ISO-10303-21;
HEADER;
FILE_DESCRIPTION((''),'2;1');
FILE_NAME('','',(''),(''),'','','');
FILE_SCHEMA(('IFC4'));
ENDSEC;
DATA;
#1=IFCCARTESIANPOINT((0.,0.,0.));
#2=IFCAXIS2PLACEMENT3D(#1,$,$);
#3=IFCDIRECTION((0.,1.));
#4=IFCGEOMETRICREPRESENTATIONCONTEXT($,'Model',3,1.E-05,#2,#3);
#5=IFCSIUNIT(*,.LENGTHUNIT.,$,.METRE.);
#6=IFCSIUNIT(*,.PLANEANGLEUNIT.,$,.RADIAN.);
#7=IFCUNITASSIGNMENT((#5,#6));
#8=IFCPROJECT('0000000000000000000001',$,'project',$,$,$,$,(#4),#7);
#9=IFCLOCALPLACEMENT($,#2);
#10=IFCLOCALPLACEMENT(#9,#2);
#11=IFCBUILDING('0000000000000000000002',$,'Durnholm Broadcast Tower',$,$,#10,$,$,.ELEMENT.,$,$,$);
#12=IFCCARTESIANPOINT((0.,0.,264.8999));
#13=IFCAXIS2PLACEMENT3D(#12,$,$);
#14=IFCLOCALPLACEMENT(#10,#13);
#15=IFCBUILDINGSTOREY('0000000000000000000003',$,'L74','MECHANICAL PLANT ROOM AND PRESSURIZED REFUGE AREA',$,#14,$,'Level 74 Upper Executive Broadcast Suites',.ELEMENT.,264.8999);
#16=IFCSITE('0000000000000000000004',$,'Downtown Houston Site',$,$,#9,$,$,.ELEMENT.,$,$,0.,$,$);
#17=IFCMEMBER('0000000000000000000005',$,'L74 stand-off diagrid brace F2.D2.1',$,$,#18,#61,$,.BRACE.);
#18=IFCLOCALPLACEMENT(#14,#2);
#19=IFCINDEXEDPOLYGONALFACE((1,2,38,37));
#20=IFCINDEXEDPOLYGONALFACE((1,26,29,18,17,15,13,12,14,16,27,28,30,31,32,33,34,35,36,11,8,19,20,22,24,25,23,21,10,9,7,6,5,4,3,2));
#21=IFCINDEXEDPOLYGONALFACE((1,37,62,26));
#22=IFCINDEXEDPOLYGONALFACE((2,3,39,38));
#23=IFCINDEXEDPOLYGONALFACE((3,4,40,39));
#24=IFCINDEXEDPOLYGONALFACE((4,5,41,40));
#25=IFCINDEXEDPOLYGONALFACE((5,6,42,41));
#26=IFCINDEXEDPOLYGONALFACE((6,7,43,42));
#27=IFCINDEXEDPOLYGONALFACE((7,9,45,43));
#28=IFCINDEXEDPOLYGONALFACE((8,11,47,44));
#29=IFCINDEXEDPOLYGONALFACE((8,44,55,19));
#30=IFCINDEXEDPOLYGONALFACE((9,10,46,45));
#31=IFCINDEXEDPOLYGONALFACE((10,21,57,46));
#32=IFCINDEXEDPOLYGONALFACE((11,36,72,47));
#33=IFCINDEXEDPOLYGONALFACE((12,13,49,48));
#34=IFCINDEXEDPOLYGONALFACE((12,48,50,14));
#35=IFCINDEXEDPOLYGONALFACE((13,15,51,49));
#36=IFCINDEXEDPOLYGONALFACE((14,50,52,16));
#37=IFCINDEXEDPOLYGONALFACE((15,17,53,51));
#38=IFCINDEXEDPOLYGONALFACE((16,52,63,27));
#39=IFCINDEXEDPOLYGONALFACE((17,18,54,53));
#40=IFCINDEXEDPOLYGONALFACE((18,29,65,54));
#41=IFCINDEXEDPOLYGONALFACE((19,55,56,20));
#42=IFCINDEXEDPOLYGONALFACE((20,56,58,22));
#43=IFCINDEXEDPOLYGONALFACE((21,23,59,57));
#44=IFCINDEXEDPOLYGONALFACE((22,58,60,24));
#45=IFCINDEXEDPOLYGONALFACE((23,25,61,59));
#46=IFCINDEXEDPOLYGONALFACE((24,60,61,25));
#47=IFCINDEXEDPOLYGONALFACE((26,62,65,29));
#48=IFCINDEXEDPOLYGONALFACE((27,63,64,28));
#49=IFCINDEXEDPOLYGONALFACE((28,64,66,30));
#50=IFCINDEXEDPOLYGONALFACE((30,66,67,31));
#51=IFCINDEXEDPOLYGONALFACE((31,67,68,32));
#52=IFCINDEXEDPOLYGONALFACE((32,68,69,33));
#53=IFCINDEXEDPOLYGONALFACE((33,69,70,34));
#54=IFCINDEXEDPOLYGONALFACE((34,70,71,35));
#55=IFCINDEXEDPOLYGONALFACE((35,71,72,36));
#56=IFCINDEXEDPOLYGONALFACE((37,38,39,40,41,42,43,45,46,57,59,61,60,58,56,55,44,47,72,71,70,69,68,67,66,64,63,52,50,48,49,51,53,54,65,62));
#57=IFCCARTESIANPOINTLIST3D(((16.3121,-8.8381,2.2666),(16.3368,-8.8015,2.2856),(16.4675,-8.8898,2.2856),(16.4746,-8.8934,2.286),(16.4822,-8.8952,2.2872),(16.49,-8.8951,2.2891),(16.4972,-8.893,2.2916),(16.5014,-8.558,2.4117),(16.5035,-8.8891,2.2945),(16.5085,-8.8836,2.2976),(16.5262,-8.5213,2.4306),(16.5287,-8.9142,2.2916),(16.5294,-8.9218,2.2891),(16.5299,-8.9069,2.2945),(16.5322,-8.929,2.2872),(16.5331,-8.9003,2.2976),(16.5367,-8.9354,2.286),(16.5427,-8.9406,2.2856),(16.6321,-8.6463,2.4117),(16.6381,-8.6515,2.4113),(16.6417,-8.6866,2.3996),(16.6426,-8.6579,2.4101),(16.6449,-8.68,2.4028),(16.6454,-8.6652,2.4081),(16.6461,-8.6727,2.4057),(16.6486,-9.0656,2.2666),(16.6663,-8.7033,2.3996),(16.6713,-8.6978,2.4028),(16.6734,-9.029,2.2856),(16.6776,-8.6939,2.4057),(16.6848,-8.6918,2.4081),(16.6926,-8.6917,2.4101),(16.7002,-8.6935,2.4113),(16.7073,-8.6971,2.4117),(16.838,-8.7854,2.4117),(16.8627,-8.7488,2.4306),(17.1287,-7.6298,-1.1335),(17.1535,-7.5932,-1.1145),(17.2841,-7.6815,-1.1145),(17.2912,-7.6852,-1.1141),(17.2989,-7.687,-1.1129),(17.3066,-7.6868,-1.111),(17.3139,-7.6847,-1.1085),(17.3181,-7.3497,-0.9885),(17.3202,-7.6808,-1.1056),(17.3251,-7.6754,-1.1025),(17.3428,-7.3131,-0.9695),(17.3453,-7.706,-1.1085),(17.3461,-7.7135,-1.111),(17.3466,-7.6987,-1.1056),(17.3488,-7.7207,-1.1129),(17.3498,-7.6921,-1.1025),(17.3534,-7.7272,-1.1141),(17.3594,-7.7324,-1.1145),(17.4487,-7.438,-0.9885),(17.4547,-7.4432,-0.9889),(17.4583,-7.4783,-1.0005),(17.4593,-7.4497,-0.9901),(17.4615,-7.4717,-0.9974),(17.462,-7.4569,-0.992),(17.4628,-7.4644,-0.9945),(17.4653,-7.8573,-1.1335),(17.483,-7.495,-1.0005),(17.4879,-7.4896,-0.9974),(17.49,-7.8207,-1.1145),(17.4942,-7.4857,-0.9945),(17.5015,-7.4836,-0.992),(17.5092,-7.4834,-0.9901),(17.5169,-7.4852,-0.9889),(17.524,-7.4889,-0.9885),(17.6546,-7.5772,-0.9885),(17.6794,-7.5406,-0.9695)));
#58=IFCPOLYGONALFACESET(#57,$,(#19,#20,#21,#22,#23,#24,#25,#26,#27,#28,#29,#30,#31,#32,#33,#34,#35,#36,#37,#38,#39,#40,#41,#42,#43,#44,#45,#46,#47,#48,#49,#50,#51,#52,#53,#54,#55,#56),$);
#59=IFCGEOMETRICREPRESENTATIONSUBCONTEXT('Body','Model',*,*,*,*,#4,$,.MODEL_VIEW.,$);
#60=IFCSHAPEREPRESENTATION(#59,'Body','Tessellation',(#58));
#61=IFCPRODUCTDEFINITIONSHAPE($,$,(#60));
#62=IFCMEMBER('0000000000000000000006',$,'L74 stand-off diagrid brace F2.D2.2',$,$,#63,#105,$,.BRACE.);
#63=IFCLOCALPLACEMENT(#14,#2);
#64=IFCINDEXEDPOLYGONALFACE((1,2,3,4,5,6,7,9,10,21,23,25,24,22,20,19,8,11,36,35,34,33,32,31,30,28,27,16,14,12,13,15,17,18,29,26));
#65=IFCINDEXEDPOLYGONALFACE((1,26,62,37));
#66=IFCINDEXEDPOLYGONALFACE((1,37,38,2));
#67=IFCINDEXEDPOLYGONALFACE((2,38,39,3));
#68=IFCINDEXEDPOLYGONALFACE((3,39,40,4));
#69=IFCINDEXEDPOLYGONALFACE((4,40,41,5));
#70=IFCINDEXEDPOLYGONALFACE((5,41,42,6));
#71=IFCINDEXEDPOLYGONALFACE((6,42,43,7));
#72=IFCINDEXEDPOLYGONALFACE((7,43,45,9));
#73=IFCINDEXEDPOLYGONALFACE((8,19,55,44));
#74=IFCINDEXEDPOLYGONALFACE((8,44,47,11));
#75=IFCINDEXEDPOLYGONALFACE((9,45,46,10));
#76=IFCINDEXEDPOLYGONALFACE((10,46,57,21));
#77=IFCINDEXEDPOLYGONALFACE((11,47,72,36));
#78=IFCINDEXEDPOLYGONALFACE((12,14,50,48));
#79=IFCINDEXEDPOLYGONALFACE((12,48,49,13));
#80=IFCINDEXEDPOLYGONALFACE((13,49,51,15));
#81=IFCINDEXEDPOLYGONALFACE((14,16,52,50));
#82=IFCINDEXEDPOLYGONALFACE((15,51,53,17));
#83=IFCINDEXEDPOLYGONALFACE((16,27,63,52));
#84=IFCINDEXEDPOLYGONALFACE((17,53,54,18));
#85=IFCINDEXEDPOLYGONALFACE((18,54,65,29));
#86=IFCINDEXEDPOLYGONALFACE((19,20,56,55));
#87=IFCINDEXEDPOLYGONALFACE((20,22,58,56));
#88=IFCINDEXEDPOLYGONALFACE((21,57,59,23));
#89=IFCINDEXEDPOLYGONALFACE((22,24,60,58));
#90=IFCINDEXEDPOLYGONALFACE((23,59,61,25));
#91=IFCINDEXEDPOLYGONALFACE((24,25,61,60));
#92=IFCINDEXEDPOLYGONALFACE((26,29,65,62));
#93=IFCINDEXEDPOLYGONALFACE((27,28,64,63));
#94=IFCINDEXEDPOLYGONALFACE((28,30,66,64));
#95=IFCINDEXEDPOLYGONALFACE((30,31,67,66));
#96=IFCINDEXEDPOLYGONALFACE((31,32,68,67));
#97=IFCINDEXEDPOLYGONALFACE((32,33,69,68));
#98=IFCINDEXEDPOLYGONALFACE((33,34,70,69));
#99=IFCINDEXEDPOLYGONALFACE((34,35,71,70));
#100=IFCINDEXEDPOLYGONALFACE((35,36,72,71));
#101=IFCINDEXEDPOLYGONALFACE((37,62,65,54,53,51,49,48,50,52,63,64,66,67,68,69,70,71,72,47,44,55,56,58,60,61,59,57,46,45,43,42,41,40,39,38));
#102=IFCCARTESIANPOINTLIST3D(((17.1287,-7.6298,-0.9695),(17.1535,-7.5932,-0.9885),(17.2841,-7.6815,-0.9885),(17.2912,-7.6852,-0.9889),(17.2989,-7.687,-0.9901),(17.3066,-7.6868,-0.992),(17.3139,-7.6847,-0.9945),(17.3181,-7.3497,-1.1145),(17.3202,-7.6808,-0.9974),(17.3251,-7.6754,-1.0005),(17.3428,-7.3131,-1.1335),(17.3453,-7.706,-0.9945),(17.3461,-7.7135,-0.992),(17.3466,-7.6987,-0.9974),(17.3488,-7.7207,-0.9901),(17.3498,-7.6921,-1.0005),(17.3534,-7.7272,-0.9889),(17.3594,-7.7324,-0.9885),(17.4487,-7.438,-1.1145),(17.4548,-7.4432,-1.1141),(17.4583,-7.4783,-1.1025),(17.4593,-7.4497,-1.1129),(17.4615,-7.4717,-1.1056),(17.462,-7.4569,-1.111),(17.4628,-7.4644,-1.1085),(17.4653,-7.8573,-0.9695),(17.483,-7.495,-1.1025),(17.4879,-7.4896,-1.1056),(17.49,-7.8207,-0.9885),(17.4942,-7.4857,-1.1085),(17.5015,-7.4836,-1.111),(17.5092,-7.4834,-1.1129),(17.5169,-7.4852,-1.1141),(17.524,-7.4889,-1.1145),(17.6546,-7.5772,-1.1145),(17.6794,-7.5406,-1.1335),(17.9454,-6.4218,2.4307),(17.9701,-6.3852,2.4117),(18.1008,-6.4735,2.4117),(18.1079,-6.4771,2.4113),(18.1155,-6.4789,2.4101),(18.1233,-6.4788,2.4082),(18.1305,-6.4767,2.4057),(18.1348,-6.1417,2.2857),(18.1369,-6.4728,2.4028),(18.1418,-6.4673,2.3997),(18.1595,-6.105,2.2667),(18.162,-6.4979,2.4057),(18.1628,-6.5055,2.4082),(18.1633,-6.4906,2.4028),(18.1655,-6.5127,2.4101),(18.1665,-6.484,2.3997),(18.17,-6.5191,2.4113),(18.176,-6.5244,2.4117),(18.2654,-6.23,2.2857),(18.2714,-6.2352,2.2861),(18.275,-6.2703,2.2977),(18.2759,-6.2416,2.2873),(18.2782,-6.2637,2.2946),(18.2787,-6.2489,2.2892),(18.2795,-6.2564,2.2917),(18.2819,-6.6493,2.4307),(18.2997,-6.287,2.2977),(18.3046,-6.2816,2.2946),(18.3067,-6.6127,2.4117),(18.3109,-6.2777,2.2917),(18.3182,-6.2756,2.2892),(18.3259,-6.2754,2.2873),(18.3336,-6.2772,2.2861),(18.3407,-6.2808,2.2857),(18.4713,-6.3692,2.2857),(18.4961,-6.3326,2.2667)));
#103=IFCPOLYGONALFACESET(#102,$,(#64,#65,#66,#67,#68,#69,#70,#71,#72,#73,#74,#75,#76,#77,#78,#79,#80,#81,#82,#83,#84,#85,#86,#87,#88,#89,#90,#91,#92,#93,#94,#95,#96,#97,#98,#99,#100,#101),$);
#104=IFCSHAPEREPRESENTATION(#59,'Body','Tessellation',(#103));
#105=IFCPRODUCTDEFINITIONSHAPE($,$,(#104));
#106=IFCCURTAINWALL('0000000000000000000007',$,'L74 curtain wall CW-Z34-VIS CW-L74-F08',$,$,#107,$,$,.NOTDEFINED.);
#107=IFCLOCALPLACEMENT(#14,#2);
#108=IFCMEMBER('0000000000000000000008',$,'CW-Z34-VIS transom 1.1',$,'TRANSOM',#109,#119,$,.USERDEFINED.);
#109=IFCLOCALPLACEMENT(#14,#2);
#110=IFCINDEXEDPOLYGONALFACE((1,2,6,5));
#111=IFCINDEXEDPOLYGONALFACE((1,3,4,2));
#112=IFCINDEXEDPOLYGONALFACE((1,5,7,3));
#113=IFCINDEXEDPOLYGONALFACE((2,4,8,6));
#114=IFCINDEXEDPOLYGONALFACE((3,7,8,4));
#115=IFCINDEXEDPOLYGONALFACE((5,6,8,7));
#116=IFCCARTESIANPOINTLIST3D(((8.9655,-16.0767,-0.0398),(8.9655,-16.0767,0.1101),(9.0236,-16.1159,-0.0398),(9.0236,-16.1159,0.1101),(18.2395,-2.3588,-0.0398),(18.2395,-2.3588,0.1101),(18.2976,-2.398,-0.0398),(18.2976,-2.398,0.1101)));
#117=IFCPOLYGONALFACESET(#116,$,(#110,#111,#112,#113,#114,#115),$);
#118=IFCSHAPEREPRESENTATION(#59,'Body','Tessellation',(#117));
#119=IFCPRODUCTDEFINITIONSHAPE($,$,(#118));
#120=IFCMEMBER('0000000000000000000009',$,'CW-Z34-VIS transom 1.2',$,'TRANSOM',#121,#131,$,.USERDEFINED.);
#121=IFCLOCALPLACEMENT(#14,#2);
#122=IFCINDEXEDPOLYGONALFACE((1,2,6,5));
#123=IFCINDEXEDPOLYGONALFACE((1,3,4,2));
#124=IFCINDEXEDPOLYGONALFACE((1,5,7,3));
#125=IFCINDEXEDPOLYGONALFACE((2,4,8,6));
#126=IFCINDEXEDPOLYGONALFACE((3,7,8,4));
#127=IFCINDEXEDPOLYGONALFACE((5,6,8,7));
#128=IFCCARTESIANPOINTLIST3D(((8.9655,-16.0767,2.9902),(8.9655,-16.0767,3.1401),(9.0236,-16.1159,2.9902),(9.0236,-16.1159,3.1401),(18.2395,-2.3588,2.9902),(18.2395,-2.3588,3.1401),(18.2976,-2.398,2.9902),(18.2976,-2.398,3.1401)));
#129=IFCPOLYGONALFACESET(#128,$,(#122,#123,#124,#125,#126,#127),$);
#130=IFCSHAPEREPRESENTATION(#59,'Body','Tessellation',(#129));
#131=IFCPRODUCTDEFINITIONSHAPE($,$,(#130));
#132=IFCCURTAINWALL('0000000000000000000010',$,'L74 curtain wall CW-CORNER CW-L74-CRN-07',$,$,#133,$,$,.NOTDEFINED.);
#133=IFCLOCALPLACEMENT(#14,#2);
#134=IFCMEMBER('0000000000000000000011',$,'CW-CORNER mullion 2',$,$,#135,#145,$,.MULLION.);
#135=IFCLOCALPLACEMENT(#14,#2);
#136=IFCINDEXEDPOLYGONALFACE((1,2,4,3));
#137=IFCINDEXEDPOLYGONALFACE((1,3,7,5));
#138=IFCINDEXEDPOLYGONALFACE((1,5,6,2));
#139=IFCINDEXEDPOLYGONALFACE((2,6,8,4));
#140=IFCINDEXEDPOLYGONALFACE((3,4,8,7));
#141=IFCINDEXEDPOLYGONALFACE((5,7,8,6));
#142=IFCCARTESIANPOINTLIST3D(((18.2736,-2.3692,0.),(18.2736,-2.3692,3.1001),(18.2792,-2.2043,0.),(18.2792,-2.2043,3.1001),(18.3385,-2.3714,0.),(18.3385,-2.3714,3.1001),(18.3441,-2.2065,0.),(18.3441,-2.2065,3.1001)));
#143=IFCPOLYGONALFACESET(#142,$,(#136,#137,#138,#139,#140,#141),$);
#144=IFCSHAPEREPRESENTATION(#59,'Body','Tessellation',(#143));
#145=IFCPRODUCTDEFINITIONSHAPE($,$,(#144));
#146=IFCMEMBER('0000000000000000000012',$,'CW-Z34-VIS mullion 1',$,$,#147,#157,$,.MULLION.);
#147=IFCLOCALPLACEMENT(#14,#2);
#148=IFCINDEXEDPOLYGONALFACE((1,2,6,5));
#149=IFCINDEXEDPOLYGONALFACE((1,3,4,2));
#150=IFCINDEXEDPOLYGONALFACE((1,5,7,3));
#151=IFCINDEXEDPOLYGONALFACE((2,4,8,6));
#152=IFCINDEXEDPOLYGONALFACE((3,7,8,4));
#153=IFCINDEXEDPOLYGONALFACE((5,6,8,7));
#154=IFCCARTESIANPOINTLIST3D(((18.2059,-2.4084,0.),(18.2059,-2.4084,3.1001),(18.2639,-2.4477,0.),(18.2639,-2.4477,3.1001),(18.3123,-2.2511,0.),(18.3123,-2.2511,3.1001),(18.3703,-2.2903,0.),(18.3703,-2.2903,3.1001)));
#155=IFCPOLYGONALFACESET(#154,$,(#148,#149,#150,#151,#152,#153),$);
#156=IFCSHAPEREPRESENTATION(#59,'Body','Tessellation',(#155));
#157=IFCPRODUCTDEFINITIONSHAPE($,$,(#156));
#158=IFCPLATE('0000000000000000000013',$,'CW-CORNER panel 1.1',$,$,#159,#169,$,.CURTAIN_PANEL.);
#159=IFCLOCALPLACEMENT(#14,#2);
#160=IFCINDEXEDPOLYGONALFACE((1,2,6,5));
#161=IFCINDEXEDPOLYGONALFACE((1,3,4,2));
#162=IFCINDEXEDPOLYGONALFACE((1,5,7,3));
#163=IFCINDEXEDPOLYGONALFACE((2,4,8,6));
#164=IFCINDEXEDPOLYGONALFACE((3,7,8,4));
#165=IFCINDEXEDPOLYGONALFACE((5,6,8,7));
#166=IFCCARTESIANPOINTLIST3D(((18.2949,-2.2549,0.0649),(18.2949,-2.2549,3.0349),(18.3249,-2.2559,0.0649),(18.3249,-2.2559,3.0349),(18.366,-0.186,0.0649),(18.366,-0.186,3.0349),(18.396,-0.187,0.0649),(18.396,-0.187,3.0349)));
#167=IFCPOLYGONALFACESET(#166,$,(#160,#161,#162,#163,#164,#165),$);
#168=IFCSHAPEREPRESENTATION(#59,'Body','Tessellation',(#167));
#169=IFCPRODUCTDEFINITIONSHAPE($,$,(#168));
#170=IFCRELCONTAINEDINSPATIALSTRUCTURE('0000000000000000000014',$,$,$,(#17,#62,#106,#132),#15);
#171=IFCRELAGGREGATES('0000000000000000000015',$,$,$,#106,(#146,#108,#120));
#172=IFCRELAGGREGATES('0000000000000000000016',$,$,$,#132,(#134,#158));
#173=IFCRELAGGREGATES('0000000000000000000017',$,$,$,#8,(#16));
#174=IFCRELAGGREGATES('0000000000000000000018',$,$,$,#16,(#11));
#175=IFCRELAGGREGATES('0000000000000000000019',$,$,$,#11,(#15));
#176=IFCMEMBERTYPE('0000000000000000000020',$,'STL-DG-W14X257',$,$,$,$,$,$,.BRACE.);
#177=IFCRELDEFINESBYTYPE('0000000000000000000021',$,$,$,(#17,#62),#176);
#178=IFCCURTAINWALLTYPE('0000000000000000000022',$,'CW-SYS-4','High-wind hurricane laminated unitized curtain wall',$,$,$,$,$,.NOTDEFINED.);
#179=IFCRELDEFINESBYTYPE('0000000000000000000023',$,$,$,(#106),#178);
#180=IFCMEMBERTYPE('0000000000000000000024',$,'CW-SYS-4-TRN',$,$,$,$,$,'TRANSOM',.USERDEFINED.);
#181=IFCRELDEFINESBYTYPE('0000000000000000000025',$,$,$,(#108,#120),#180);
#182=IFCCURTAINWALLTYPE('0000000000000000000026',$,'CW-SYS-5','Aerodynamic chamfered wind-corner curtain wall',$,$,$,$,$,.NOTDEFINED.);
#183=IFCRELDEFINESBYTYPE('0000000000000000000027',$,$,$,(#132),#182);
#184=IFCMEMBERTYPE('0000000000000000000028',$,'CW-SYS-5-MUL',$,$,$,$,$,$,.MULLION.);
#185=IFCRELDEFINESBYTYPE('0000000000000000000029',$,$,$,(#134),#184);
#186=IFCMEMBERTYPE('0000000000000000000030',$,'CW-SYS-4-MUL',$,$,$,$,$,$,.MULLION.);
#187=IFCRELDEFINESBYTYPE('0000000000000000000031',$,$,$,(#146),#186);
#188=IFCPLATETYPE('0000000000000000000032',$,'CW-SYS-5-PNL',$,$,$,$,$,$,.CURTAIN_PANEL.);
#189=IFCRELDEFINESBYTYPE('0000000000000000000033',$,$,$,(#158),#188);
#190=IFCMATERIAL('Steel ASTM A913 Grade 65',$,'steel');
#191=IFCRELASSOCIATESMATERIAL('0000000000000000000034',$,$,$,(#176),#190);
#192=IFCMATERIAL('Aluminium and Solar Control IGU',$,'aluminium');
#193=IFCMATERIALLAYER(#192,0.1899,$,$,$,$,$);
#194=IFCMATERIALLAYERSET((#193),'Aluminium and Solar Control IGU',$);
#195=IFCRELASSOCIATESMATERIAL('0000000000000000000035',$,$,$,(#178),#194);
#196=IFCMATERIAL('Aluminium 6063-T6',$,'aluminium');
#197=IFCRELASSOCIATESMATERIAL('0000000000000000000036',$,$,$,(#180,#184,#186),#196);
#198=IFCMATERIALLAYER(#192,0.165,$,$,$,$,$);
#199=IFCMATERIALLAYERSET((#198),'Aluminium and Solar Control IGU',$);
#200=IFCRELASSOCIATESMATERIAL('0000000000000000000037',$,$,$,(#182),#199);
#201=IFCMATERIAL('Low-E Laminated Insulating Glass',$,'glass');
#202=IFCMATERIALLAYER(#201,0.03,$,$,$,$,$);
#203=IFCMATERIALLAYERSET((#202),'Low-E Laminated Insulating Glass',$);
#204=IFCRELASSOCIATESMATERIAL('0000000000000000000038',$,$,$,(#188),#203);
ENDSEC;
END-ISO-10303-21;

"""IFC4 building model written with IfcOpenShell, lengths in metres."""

from ifc_helpers import new_model, si_unit, direction, frame, origin, origin_2d, place, context, subcontext, project, spatial, rectangle, i_section, extrude, source, transform, mapped, material, layer, layer_set, material_profile, profile_set, type_object, type_shapes, element, aggregate, save


model = new_model("IFC4")

# Units and contexts
model_context = context("Model", 3, precision=1e-05, world=origin(), true_north=direction((0.0, 1.0)))
body_context = subcontext(model_context, "Body", "Model", "MODEL_VIEW")
ifc_project = project(units=[si_unit("LENGTHUNIT", "METRE"), si_unit("PLANEANGLEUNIT", "RADIAN")], contexts=[model_context])

# Site, building, storey
site_placement = place(None, origin())
site = spatial("IfcSite", under=ifc_project, at=site_placement, Name="Downtown Houston Site", CompositionType="ELEMENT", RefElevation=0.0)
building_placement = place(site_placement, origin())
building = spatial("IfcBuilding", under=site, at=building_placement, Name="Durnholm Broadcast Tower", CompositionType="ELEMENT")
storey_placement = place(building_placement, frame((0.0, 0.0, 264.8999)))
storey = spatial("IfcBuildingStorey", under=building, at=storey_placement, Name="L74", Description="MECHANICAL PLANT ROOM AND PRESSURIZED REFUGE AREA", LongName="Level 74 Upper Executive Broadcast Suites", CompositionType="ELEMENT", Elevation=264.8999)

# Members
ifc_material_1 = material(Name="Steel ASTM A913 Grade 65", Category="steel")
ifc_material_profile_1 = material_profile(ifc_material_1, i_section(OverallWidth=0.4062, OverallDepth=0.416, WebThickness=0.0298, FlangeThickness=0.0481, FilletRadius=0.0305, at=origin_2d()), Name="W14X257")
ifc_profile_set_1 = profile_set([ifc_material_profile_1], Name="Steel ASTM A913 Grade 65")
member_type_1 = type_object("IfcMemberType", Name="STL-DG-W14X257", PredefinedType="BRACE", material=ifc_profile_set_1)
shared_shape_1 = source(origin(), body_context, "Body", "SweptSolid", [
    extrude(i_section(OverallWidth=0.4062, OverallDepth=0.416, WebThickness=0.0298, FlangeThickness=0.0481, FilletRadius=0.0305, at=origin_2d()), origin(), (0.0, 0.0, 1.0), 3.6997),
])
type_shapes(member_type_1, [shared_shape_1])
for number, where, z_axis, x_axis, name in (
    (1, (17.4041, -7.5852, -1.0515), (-0.220734, -0.326581, 0.919033), (0.828505, -0.559982, 0.0), "L74 stand-off diagrid brace F2.D2.1"),
    (2, (17.4041, -7.5852, -1.0515), (0.220739, 0.326522, 0.919053), (-0.828452, 0.560059, 0.0), "L74 stand-off diagrid brace F2.D2.2"),
):
    element("IfcMember", number, at=place(storey_placement, frame(where, z_axis=z_axis, x_axis=x_axis)), inside=storey, type_object=member_type_1, Name=name, PredefinedType="BRACE", context=body_context, shape_type="MappedRepresentation", body=[
        mapped(shared_shape_1, transform((0.0, 0.0, 0.0), x_axis=(1.0, 0.0, 0.0), y_axis=(0.0, 1.0, 0.0), z_axis=(0.0, 0.0, 1.0), scale=1.0)),
    ])

# Curtain wall, members
ifc_material_2 = material(Name="Aluminium and Solar Control IGU", Category="aluminium")
ifc_layer_1 = layer(ifc_material_2, 0.1899)
ifc_layer_set_1 = layer_set([ifc_layer_1], Name="Aluminium and Solar Control IGU")
curtain_wall_type_1 = type_object("IfcCurtainWallType", Name="CW-SYS-4", Description="High-wind hurricane laminated unitized curtain wall", PredefinedType="NOTDEFINED", material=ifc_layer_set_1)
curtain_wall_1_placement = place(storey_placement, origin())
curtain_wall_1 = element("IfcCurtainWall", 3, at=curtain_wall_1_placement, inside=storey, type_object=curtain_wall_type_1, Name="L74 curtain wall CW-Z34-VIS CW-L74-F08", PredefinedType="NOTDEFINED")
ifc_material_3 = material(Name="Aluminium 6063-T6", Category="aluminium")
ifc_material_profile_2 = material_profile(ifc_material_3, rectangle(XDim=0.0701, YDim=0.1499, at=origin_2d()), Name="CWT70X150")
ifc_profile_set_2 = profile_set([ifc_material_profile_2], Name="Aluminium 6063-T6")
member_type_2 = type_object("IfcMemberType", Name="CW-SYS-4-TRN", ElementType="TRANSOM", PredefinedType="USERDEFINED", material=ifc_profile_set_2)
shared_shape_2 = source(origin(), body_context, "Body", "SweptSolid", [
    extrude(rectangle(XDim=0.0701, YDim=0.1499, at=origin_2d()), origin(), (0.0, 0.0, 1.0), 16.5586),
])
type_shapes(member_type_2, [shared_shape_2])
member_1_placement = place(storey_placement, frame((18.2686, -2.3784, 0.0352), z_axis=(-0.560071, -0.828444, 0.0), x_axis=(0.828444, -0.560071, 0.0)))
member_1 = element("IfcMember", 4, at=member_1_placement, type_object=member_type_2, Name="CW-Z34-VIS transom 1.1", ObjectType="TRANSOM", PredefinedType="USERDEFINED", context=body_context, shape_type="MappedRepresentation", body=[
    mapped(shared_shape_2, transform((0.0, 0.0, 0.0), x_axis=(1.0, 0.0, 0.0), y_axis=(0.0, 1.0, 0.0), z_axis=(0.0, 0.0, 1.0), scale=1.0)),
])
member_2_placement = place(storey_placement, frame((18.2686, -2.3784, 3.0652), z_axis=(-0.560071, -0.828444, 0.0), x_axis=(0.828444, -0.560071, 0.0)))
member_2 = element("IfcMember", 5, at=member_2_placement, type_object=member_type_2, Name="CW-Z34-VIS transom 1.2", ObjectType="TRANSOM", PredefinedType="USERDEFINED", context=body_context, shape_type="MappedRepresentation", body=[
    mapped(shared_shape_2, transform((0.0, 0.0, 0.0), x_axis=(1.0, 0.0, 0.0), y_axis=(0.0, 1.0, 0.0), z_axis=(0.0, 0.0, 1.0), scale=1.0)),
])

# Curtain wall, member
ifc_layer_2 = layer(ifc_material_2, 0.165)
ifc_layer_set_2 = layer_set([ifc_layer_2], Name="Aluminium and Solar Control IGU")
curtain_wall_type_2 = type_object("IfcCurtainWallType", Name="CW-SYS-5", Description="Aerodynamic chamfered wind-corner curtain wall", PredefinedType="NOTDEFINED", material=ifc_layer_set_2)
curtain_wall_2_placement = place(storey_placement, origin())
curtain_wall_2 = element("IfcCurtainWall", 6, at=curtain_wall_2_placement, inside=storey, type_object=curtain_wall_type_2, Name="L74 curtain wall CW-CORNER CW-L74-CRN-07", PredefinedType="NOTDEFINED")
ifc_material_profile_3 = material_profile(ifc_material_3, rectangle(XDim=0.0649, YDim=0.165, at=origin_2d()), Name="CWM65X165")
ifc_profile_set_3 = profile_set([ifc_material_profile_3], Name="Aluminium 6063-T6")
member_type_3 = type_object("IfcMemberType", Name="CW-SYS-5-MUL", PredefinedType="MULLION", material=ifc_profile_set_3)
shared_shape_3 = source(origin(), body_context, "Body", "SweptSolid", [
    extrude(rectangle(XDim=0.0649, YDim=0.165, at=origin_2d()), origin(), (0.0, 0.0, 1.0), 3.1001),
])
type_shapes(member_type_3, [shared_shape_3])
member_3_placement = place(storey_placement, frame((18.3088, -2.2878, 0.0), z_axis=(0.0, 0.0, 1.0), x_axis=(0.999411, -0.034318, 0.0)))
member_3 = element("IfcMember", 7, at=member_3_placement, type_object=member_type_3, Name="CW-CORNER mullion 2", PredefinedType="MULLION", context=body_context, shape_type="MappedRepresentation", body=[
    mapped(shared_shape_3, transform((0.0, 0.0, 0.0), x_axis=(1.0, 0.0, 0.0), y_axis=(0.0, 1.0, 0.0), z_axis=(0.0, 0.0, 1.0), scale=1.0)),
])

# Member
ifc_material_profile_4 = material_profile(ifc_material_3, rectangle(XDim=0.0701, YDim=0.1899, at=origin_2d()), Name="CWM70X190")
ifc_profile_set_4 = profile_set([ifc_material_profile_4], Name="Aluminium 6063-T6")
member_type_4 = type_object("IfcMemberType", Name="CW-SYS-4-MUL", PredefinedType="MULLION", material=ifc_profile_set_4)
shared_shape_4 = source(origin(), body_context, "Body", "SweptSolid", [
    extrude(rectangle(XDim=0.0701, YDim=0.1899, at=origin_2d()), origin(), (0.0, 0.0, 1.0), 3.1001),
])
type_shapes(member_type_4, [shared_shape_4])
member_4_placement = place(storey_placement, frame((18.2881, -2.3494, 0.0), z_axis=(0.0, 0.0, 1.0), x_axis=(0.828443, -0.560073, 0.0)))
member_4 = element("IfcMember", 8, at=member_4_placement, type_object=member_type_4, Name="CW-Z34-VIS mullion 1", PredefinedType="MULLION", context=body_context, shape_type="MappedRepresentation", body=[
    mapped(shared_shape_4, transform((0.0, 0.0, 0.0), x_axis=(1.0, 0.0, 0.0), y_axis=(0.0, 1.0, 0.0), z_axis=(0.0, 0.0, 1.0), scale=1.0)),
])
aggregate(curtain_wall_1, [member_4, member_1, member_2])

# Plate
ifc_material_4 = material(Name="Low-E Laminated Insulating Glass", Category="glass")
ifc_layer_3 = layer(ifc_material_4, 0.03)
ifc_layer_set_3 = layer_set([ifc_layer_3], Name="Low-E Laminated Insulating Glass")
plate_type = type_object("IfcPlateType", Name="CW-SYS-5-PNL", PredefinedType="CURTAIN_PANEL", material=ifc_layer_set_3)
shared_shape_5 = source(origin(), body_context, "Body", "SweptSolid", [
    extrude(rectangle(XDim=2.0701, YDim=0.03, at=origin_2d()), origin(), (0.0, 0.0, 1.0), 2.97),
])
type_shapes(plate_type, [shared_shape_5])
plate_placement = place(storey_placement, frame((18.3455, -1.2209, 0.0649), z_axis=(0.0, 0.0, 1.0), x_axis=(-0.034318, -0.999411, 0.0)))
plate = element("IfcPlate", 9, at=plate_placement, type_object=plate_type, Name="CW-CORNER panel 1.1", PredefinedType="CURTAIN_PANEL", context=body_context, shape_type="MappedRepresentation", body=[
    mapped(shared_shape_5, transform((0.0, 0.0, 0.0), x_axis=(1.0, 0.0, 0.0), y_axis=(0.0, 1.0, 0.0), z_axis=(0.0, 0.0, 1.0), scale=1.0)),
])
aggregate(curtain_wall_2, [member_3, plate])

save(model, "model.ifc")
